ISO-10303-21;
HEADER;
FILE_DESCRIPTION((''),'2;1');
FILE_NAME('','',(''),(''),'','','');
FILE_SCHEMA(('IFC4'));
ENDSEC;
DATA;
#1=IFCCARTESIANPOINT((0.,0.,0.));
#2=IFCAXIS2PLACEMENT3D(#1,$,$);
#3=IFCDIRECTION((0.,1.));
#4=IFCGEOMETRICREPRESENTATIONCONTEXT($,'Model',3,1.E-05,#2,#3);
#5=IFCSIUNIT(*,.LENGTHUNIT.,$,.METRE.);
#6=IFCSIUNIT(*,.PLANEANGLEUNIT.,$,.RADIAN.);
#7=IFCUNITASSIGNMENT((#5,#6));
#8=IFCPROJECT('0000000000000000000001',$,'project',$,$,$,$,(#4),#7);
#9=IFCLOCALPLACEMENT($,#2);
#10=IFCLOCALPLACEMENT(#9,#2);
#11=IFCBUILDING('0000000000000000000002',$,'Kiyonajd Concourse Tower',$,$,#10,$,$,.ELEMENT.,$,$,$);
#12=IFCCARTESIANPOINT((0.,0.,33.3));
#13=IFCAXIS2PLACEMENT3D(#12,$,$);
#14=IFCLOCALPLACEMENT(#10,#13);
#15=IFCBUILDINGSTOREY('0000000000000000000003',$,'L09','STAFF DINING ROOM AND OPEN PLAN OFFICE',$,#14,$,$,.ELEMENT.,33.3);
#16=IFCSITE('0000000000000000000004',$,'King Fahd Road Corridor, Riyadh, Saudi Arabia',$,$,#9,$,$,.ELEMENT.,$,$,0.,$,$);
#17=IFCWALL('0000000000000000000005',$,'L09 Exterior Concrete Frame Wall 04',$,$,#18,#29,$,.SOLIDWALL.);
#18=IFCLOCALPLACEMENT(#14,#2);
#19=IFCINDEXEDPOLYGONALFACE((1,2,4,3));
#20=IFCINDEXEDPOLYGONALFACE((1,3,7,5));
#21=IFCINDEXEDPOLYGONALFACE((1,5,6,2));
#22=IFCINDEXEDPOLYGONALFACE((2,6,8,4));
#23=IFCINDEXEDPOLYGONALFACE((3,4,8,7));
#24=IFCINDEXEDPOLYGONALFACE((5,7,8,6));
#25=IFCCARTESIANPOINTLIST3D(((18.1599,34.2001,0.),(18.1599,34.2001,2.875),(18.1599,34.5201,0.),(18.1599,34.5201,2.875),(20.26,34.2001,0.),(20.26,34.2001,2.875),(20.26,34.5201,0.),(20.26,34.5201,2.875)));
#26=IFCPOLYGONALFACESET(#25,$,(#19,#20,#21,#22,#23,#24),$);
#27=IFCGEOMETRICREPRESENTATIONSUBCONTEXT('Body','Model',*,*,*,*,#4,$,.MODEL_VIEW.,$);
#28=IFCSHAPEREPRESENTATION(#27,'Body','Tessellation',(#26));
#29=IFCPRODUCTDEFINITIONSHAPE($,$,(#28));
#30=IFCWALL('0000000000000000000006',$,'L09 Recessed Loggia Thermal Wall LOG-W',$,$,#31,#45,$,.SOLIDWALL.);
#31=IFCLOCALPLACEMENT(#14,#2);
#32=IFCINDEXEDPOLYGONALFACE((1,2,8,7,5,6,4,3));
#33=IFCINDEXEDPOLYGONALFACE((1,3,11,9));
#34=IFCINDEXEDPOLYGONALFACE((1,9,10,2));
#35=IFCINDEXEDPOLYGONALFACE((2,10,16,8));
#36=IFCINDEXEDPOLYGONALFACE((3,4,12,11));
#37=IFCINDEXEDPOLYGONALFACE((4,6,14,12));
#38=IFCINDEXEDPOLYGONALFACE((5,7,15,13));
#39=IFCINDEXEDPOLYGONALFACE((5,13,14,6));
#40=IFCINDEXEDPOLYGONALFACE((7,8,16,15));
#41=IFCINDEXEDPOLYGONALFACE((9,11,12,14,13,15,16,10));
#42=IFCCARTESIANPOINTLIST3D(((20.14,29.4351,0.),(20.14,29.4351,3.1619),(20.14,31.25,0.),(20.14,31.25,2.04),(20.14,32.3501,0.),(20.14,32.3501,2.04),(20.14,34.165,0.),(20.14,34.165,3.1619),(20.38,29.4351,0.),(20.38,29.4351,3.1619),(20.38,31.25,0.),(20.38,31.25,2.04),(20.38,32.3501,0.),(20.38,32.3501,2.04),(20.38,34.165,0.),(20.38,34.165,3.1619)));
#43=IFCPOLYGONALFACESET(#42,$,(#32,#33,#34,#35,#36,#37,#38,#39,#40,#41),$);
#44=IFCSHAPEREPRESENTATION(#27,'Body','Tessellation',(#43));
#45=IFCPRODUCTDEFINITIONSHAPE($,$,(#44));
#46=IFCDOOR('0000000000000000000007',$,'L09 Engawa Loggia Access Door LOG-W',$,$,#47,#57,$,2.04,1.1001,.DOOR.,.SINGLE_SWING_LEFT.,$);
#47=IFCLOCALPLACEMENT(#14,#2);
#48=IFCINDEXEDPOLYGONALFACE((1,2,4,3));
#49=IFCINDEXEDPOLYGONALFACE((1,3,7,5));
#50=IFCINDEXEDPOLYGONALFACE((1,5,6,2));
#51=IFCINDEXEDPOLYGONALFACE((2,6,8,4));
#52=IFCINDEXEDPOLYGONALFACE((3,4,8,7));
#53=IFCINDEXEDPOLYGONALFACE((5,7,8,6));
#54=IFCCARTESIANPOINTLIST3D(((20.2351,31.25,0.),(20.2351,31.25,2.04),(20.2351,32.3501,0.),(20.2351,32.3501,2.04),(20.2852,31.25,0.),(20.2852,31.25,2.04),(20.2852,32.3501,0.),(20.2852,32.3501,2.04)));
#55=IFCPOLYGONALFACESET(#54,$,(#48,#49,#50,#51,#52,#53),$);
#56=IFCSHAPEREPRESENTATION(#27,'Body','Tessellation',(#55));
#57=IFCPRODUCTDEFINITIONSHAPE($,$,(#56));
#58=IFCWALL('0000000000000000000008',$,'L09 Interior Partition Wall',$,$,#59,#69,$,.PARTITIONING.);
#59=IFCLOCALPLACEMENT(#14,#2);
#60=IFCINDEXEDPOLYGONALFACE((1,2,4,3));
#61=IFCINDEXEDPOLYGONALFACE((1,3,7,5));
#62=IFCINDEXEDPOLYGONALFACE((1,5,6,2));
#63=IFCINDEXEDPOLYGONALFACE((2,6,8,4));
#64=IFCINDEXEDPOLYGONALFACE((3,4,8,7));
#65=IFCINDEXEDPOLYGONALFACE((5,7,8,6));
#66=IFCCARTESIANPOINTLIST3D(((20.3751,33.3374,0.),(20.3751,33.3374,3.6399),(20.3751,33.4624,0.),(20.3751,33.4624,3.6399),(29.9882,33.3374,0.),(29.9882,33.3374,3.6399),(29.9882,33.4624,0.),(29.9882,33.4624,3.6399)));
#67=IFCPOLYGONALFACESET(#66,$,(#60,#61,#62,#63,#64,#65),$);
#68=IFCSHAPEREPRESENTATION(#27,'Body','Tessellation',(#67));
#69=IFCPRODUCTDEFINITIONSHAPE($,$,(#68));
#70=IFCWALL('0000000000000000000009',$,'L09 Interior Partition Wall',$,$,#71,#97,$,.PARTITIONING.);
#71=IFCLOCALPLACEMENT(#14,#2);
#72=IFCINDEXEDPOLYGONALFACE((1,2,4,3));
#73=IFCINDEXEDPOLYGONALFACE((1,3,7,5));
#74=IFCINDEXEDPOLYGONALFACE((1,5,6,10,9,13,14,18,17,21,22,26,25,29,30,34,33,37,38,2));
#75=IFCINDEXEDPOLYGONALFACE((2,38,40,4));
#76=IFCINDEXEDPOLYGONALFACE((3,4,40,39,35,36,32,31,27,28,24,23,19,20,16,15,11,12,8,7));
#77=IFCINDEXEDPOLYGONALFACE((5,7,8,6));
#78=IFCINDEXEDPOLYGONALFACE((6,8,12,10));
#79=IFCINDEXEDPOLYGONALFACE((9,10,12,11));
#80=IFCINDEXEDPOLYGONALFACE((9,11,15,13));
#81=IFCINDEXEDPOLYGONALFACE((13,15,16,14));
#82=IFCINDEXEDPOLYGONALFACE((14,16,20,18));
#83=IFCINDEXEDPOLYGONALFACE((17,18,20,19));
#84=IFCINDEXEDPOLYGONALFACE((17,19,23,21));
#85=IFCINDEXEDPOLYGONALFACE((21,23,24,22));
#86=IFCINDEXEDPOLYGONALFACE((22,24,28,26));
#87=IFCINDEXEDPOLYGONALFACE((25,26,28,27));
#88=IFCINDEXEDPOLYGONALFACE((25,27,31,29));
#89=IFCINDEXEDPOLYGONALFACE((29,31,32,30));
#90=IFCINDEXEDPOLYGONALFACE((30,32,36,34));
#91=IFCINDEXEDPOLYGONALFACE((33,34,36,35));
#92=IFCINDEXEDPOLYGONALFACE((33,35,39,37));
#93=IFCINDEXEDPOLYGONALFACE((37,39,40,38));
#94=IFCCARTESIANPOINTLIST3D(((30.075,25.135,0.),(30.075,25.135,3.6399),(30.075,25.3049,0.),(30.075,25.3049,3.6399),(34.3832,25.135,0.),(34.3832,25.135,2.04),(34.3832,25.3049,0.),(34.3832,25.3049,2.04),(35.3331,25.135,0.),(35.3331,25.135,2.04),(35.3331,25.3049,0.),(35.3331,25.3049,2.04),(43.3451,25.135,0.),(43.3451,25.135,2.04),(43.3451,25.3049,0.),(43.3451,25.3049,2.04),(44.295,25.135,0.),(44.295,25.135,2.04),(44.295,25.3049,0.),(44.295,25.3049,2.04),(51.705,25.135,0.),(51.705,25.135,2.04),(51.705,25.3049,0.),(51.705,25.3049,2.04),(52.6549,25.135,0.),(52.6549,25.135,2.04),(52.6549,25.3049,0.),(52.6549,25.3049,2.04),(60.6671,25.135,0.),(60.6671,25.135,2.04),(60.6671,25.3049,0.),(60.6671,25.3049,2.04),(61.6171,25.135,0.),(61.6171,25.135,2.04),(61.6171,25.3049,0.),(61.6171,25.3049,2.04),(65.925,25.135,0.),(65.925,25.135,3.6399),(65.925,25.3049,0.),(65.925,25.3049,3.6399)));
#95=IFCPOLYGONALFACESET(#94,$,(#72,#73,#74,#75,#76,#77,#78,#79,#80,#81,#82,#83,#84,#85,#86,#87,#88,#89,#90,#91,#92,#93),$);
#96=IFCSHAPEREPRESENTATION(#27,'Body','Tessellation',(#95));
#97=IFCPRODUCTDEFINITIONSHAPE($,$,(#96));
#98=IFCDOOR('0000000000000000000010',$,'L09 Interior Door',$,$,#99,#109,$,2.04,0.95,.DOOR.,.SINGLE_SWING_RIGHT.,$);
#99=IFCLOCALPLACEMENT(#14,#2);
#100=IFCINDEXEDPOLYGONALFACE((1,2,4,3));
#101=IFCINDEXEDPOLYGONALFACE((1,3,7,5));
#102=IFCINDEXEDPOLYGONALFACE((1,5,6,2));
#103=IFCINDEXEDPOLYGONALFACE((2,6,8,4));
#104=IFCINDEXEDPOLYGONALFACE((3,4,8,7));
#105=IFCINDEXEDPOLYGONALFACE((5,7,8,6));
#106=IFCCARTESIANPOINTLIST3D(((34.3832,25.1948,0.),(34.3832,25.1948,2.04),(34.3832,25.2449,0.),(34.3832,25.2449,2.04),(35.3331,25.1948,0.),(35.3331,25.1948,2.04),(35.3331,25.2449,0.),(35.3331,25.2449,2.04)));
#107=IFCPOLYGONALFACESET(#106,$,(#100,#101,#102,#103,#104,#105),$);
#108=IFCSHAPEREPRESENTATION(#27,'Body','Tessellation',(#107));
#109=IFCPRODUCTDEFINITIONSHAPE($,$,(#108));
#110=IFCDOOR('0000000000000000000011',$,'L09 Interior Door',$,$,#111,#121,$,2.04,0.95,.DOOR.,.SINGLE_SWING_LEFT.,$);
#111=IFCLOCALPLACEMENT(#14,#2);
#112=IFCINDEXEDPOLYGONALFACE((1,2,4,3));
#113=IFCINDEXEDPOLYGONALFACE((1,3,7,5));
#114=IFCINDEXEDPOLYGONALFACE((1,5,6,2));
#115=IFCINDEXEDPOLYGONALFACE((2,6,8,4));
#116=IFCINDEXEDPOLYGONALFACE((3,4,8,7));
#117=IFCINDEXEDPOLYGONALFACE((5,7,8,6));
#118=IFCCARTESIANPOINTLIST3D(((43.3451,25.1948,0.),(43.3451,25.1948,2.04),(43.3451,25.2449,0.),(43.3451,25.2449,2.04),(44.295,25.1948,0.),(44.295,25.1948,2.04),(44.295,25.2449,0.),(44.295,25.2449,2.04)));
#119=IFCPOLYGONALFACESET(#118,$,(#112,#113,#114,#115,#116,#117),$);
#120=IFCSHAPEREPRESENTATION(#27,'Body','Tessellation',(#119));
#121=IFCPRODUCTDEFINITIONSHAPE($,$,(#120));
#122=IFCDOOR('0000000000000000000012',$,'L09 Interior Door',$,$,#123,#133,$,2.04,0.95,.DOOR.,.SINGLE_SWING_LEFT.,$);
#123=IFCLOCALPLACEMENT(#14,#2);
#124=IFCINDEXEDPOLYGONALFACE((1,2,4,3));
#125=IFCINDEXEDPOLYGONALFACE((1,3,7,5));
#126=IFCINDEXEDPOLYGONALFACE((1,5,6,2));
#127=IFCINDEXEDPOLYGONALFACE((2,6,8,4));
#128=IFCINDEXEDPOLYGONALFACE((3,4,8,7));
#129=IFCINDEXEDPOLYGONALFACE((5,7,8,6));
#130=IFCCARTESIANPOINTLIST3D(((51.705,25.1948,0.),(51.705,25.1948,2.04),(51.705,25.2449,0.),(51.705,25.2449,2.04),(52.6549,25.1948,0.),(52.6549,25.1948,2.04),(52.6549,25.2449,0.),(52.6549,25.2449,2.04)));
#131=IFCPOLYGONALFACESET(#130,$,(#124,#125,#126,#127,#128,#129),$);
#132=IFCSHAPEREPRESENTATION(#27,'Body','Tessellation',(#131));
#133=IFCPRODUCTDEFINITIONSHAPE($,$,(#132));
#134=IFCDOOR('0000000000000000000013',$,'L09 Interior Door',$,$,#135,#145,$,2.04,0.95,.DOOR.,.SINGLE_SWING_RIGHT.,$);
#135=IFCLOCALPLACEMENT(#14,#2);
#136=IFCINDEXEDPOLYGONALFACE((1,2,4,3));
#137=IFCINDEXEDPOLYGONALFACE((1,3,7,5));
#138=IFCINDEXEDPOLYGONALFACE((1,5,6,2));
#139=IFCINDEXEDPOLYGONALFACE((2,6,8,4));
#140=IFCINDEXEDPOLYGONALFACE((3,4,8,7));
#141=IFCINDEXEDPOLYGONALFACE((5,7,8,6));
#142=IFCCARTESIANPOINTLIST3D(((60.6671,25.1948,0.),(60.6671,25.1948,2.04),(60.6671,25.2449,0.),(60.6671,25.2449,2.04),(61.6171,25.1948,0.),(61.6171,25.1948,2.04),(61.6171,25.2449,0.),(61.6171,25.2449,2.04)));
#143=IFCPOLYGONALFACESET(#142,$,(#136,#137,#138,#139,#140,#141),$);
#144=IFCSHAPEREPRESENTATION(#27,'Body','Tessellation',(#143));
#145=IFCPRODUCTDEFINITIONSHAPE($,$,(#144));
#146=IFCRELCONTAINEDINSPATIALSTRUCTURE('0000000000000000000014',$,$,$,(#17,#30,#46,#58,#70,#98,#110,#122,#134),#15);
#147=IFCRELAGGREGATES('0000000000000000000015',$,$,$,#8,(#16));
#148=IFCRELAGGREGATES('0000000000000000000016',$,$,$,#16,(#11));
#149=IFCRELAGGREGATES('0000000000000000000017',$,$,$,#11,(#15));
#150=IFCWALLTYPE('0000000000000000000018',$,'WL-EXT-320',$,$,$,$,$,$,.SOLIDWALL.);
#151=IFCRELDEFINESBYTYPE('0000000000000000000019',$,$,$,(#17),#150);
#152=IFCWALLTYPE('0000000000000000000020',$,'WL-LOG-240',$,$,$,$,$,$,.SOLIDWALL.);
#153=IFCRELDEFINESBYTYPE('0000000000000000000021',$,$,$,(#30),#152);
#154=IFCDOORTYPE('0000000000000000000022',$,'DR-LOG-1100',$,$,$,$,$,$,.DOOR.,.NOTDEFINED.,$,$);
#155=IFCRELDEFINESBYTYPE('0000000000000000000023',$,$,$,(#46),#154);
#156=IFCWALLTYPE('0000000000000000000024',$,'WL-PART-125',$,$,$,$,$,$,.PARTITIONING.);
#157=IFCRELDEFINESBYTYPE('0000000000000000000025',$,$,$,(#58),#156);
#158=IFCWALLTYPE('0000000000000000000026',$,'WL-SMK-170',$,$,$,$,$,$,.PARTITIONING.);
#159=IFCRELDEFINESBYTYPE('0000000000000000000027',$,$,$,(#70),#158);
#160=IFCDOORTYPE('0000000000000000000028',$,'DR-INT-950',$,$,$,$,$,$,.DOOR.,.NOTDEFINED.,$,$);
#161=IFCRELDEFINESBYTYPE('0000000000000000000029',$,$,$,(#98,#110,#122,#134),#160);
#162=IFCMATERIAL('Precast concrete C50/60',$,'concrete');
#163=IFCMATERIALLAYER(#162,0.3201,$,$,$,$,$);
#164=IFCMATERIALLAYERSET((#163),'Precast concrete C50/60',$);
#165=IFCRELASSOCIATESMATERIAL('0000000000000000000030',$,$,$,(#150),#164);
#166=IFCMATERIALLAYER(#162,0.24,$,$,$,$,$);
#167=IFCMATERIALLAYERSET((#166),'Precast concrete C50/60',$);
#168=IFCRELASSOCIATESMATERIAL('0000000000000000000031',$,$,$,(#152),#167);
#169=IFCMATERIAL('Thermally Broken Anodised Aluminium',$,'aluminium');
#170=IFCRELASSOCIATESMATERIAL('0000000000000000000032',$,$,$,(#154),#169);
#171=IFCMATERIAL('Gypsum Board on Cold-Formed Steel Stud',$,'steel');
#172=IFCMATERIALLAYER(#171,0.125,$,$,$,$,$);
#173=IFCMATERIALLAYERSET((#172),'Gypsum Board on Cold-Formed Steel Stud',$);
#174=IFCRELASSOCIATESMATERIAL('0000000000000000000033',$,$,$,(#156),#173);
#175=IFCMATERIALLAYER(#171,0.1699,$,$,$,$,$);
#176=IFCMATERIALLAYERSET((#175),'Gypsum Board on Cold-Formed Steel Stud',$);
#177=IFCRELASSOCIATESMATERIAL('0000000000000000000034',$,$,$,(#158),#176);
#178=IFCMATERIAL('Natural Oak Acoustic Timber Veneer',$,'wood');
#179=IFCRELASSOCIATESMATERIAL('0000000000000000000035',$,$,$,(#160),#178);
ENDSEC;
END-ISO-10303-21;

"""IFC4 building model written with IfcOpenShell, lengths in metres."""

from ifc_helpers import new_model, si_unit, direction, frame, frame_2d, origin, place, context, subcontext, project, spatial, rectangle, extrude, material, layer, layer_set, type_object, element, fill, save


model = new_model("IFC4")

# Units and contexts
model_context = context("Model", 3, precision=1e-05, world=origin(), true_north=direction((0.0, 1.0)))
body_context = subcontext(model_context, "Body", "Model", "MODEL_VIEW")
ifc_project = project(units=[si_unit("LENGTHUNIT", "METRE"), si_unit("PLANEANGLEUNIT", "RADIAN")], contexts=[model_context])

# Site, building, storey
site_placement = place(None, origin())
site = spatial("IfcSite", under=ifc_project, at=site_placement, Name="King Fahd Road Corridor, Riyadh, Saudi Arabia", CompositionType="ELEMENT", RefElevation=0.0)
building_placement = place(site_placement, origin())
building = spatial("IfcBuilding", under=site, at=building_placement, Name="Kiyonajd Concourse Tower", CompositionType="ELEMENT")
storey_placement = place(building_placement, frame((0.0, 0.0, 33.3)))
storey = spatial("IfcBuildingStorey", under=building, at=storey_placement, Name="L09", Description="STAFF DINING ROOM AND OPEN PLAN OFFICE", CompositionType="ELEMENT", Elevation=33.3)

# Shared definitions
ifc_material_1 = material(Name="Precast concrete C50/60", Category="concrete")

# Shared definitions
ifc_material_2 = material(Name="Thermally Broken Anodised Aluminium", Category="aluminium")

# Wall
ifc_layer_1 = layer(ifc_material_1, 0.3201)
ifc_layer_set_1 = layer_set([ifc_layer_1], Name="Precast concrete C50/60")
wall_type_1 = type_object("IfcWallType", Name="WL-EXT-320", PredefinedType="SOLIDWALL", material=ifc_layer_set_1)
wall_1_placement = place(storey_placement, frame((20.26, 34.3601, 0.0), z_axis=(0.0, 0.0, 1.0), x_axis=(-1.0, 0.0, 0.0)))
element("IfcWall", 1, at=wall_1_placement, inside=storey, type_object=wall_type_1, Name="L09 Exterior Concrete Frame Wall 04", PredefinedType="SOLIDWALL", context=body_context, shape_type="SweptSolid", body=[
    extrude(rectangle(XDim=2.1001, YDim=0.3201, at=frame_2d((1.05, 0.0))), origin(), (0.0, 0.0, 1.0), 2.875),
])

# Wall, opening, door
ifc_layer_2 = layer(ifc_material_1, 0.24)
ifc_layer_set_2 = layer_set([ifc_layer_2], Name="Precast concrete C50/60")
wall_type_2 = type_object("IfcWallType", Name="WL-LOG-240", PredefinedType="SOLIDWALL", material=ifc_layer_set_2)
wall_2_placement = place(storey_placement, frame((20.26, 29.4351, 0.0), z_axis=(0.0, 0.0, 1.0), x_axis=(0.0, 1.0, 0.0)))
wall_2 = element("IfcWall", 2, at=wall_2_placement, inside=storey, type_object=wall_type_2, Name="L09 Recessed Loggia Thermal Wall LOG-W", PredefinedType="SOLIDWALL", context=body_context, shape_type="SweptSolid", body=[
    extrude(rectangle(XDim=4.73, YDim=0.24, at=frame_2d((2.365, 0.0))), origin(), (0.0, 0.0, 1.0), 3.1619),
])
opening_1_placement = place(wall_2_placement, frame((1.8149, 0.0, 0.0)))
opening_1 = element("IfcOpeningElement", 3, at=opening_1_placement, cuts=wall_2, PredefinedType="OPENING", context=body_context, shape_type="SweptSolid", body=[
    extrude(rectangle(XDim=1.1001, YDim=2.04, at=frame_2d((0.55, 1.02))), frame((0.0, 0.1299, 0.0), z_axis=(0.0, -1.0, 0.0), x_axis=(1.0, 0.0, 0.0)), (0.0, 0.0, 1.0), 0.26),
])
door_type_1 = type_object("IfcDoorType", Name="DR-LOG-1100", OperationType="NOTDEFINED", PredefinedType="DOOR", material=ifc_material_2)
door_1_placement = place(opening_1_placement, origin())
door_1 = element("IfcDoor", 4, at=door_1_placement, inside=storey, type_object=door_type_1, Name="L09 Engawa Loggia Access Door LOG-W", OperationType="SINGLE_SWING_LEFT", OverallHeight=2.04, OverallWidth=1.1001, PredefinedType="DOOR", context=body_context, shape_type="SweptSolid", body=[
    extrude(rectangle(XDim=1.1001, YDim=2.04, at=frame_2d((0.55, 1.02))), frame((0.0, 0.0249, 0.0), z_axis=(0.0, -1.0, 0.0), x_axis=(1.0, 0.0, 0.0)), (0.0, 0.0, 1.0), 0.05),
])
fill(opening_1, door_1)

# Wall
ifc_material_3 = material(Name="Gypsum Board on Cold-Formed Steel Stud", Category="steel")
ifc_layer_3 = layer(ifc_material_3, 0.125)
ifc_layer_set_3 = layer_set([ifc_layer_3], Name="Gypsum Board on Cold-Formed Steel Stud")
wall_type_3 = type_object("IfcWallType", Name="WL-PART-125", PredefinedType="PARTITIONING", material=ifc_layer_set_3)
wall_3_placement = place(storey_placement, frame((20.375, 33.3999, 0.0), z_axis=(0.0, 0.0, 1.0), x_axis=(1.0, 0.0, 0.0)))
element("IfcWall", 5, at=wall_3_placement, inside=storey, type_object=wall_type_3, Name="L09 Interior Partition Wall", PredefinedType="PARTITIONING", context=body_context, shape_type="SweptSolid", body=[
    extrude(rectangle(XDim=9.613, YDim=0.125, at=frame_2d((4.8066, 0.0))), origin(), (0.0, 0.0, 1.0), 3.6399),
])

# Wall, openings, doors
ifc_layer_4 = layer(ifc_material_3, 0.1699)
ifc_layer_set_4 = layer_set([ifc_layer_4], Name="Gypsum Board on Cold-Formed Steel Stud")
wall_type_4 = type_object("IfcWallType", Name="WL-SMK-170", PredefinedType="PARTITIONING", material=ifc_layer_set_4)
wall_4_placement = place(storey_placement, frame((30.075, 25.22, 0.0), z_axis=(0.0, 0.0, 1.0), x_axis=(1.0, 0.0, 0.0)))
wall_4 = element("IfcWall", 6, at=wall_4_placement, inside=storey, type_object=wall_type_4, Name="L09 Interior Partition Wall", PredefinedType="PARTITIONING", context=body_context, shape_type="SweptSolid", body=[
    extrude(rectangle(XDim=35.8501, YDim=0.1699, at=frame_2d((17.925, 0.0))), origin(), (0.0, 0.0, 1.0), 3.6399),
])
opening_2_placement = place(wall_4_placement, frame((4.3081, 0.0, 0.0)))
opening_2 = element("IfcOpeningElement", 7, at=opening_2_placement, cuts=wall_4, PredefinedType="OPENING", context=body_context, shape_type="SweptSolid", body=[
    extrude(rectangle(XDim=0.95, YDim=2.04, at=frame_2d((0.4751, 1.02))), frame((0.0, 0.095, 0.0), z_axis=(0.0, -1.0, 0.0), x_axis=(1.0, 0.0, 0.0)), (0.0, 0.0, 1.0), 0.1899),
])
opening_3_placement = place(wall_4_placement, frame((13.27, 0.0, 0.0)))
opening_3 = element("IfcOpeningElement", 8, at=opening_3_placement, cuts=wall_4, PredefinedType="OPENING", context=body_context, shape_type="SweptSolid", body=[
    extrude(rectangle(XDim=0.95, YDim=2.04, at=frame_2d((0.4751, 1.02))), frame((0.0, 0.095, 0.0), z_axis=(0.0, -1.0, 0.0), x_axis=(1.0, 0.0, 0.0)), (0.0, 0.0, 1.0), 0.1899),
])
opening_4_placement = place(wall_4_placement, frame((21.6299, 0.0, 0.0)))
opening_4 = element("IfcOpeningElement", 9, at=opening_4_placement, cuts=wall_4, PredefinedType="OPENING", context=body_context, shape_type="SweptSolid", body=[
    extrude(rectangle(XDim=0.95, YDim=2.04, at=frame_2d((0.4751, 1.02))), frame((0.0, 0.095, 0.0), z_axis=(0.0, -1.0, 0.0), x_axis=(1.0, 0.0, 0.0)), (0.0, 0.0, 1.0), 0.1899),
])
opening_5_placement = place(wall_4_placement, frame((30.592, 0.0, 0.0)))
opening_5 = element("IfcOpeningElement", 10, at=opening_5_placement, cuts=wall_4, PredefinedType="OPENING", context=body_context, shape_type="SweptSolid", body=[
    extrude(rectangle(XDim=0.95, YDim=2.04, at=frame_2d((0.4751, 1.02))), frame((0.0, 0.095, 0.0), z_axis=(0.0, -1.0, 0.0), x_axis=(1.0, 0.0, 0.0)), (0.0, 0.0, 1.0), 0.1899),
])
ifc_material_4 = material(Name="Natural Oak Acoustic Timber Veneer", Category="wood")
door_type_2 = type_object("IfcDoorType", Name="DR-INT-950", OperationType="NOTDEFINED", PredefinedType="DOOR", material=ifc_material_4)
door_2_placement = place(opening_2_placement, origin())
door_2 = element("IfcDoor", 11, at=door_2_placement, inside=storey, type_object=door_type_2, Name="L09 Interior Door", OperationType="SINGLE_SWING_RIGHT", OverallHeight=2.04, OverallWidth=0.95, PredefinedType="DOOR", context=body_context, shape_type="SweptSolid", body=[
    extrude(rectangle(XDim=0.95, YDim=2.04, at=frame_2d((0.4751, 1.02))), frame((0.0, 0.0249, 0.0), z_axis=(0.0, -1.0, 0.0), x_axis=(1.0, 0.0, 0.0)), (0.0, 0.0, 1.0), 0.05),
])
fill(opening_2, door_2)
door_3_placement = place(opening_3_placement, origin())
door_3 = element("IfcDoor", 12, at=door_3_placement, inside=storey, type_object=door_type_2, Name="L09 Interior Door", OperationType="SINGLE_SWING_LEFT", OverallHeight=2.04, OverallWidth=0.95, PredefinedType="DOOR", context=body_context, shape_type="SweptSolid", body=[
    extrude(rectangle(XDim=0.95, YDim=2.04, at=frame_2d((0.4751, 1.02))), frame((0.0, 0.0249, 0.0), z_axis=(0.0, -1.0, 0.0), x_axis=(1.0, 0.0, 0.0)), (0.0, 0.0, 1.0), 0.05),
])
fill(opening_3, door_3)
door_4_placement = place(opening_4_placement, origin())
door_4 = element("IfcDoor", 13, at=door_4_placement, inside=storey, type_object=door_type_2, Name="L09 Interior Door", OperationType="SINGLE_SWING_LEFT", OverallHeight=2.04, OverallWidth=0.95, PredefinedType="DOOR", context=body_context, shape_type="SweptSolid", body=[
    extrude(rectangle(XDim=0.95, YDim=2.04, at=frame_2d((0.4751, 1.02))), frame((0.0, 0.0249, 0.0), z_axis=(0.0, -1.0, 0.0), x_axis=(1.0, 0.0, 0.0)), (0.0, 0.0, 1.0), 0.05),
])
fill(opening_4, door_4)
door_5_placement = place(opening_5_placement, origin())
door_5 = element("IfcDoor", 14, at=door_5_placement, inside=storey, type_object=door_type_2, Name="L09 Interior Door", OperationType="SINGLE_SWING_RIGHT", OverallHeight=2.04, OverallWidth=0.95, PredefinedType="DOOR", context=body_context, shape_type="SweptSolid", body=[
    extrude(rectangle(XDim=0.95, YDim=2.04, at=frame_2d((0.4751, 1.02))), frame((0.0, 0.0249, 0.0), z_axis=(0.0, -1.0, 0.0), x_axis=(1.0, 0.0, 0.0)), (0.0, 0.0, 1.0), 0.05),
])
fill(opening_5, door_5)

save(model, "model.ifc")
